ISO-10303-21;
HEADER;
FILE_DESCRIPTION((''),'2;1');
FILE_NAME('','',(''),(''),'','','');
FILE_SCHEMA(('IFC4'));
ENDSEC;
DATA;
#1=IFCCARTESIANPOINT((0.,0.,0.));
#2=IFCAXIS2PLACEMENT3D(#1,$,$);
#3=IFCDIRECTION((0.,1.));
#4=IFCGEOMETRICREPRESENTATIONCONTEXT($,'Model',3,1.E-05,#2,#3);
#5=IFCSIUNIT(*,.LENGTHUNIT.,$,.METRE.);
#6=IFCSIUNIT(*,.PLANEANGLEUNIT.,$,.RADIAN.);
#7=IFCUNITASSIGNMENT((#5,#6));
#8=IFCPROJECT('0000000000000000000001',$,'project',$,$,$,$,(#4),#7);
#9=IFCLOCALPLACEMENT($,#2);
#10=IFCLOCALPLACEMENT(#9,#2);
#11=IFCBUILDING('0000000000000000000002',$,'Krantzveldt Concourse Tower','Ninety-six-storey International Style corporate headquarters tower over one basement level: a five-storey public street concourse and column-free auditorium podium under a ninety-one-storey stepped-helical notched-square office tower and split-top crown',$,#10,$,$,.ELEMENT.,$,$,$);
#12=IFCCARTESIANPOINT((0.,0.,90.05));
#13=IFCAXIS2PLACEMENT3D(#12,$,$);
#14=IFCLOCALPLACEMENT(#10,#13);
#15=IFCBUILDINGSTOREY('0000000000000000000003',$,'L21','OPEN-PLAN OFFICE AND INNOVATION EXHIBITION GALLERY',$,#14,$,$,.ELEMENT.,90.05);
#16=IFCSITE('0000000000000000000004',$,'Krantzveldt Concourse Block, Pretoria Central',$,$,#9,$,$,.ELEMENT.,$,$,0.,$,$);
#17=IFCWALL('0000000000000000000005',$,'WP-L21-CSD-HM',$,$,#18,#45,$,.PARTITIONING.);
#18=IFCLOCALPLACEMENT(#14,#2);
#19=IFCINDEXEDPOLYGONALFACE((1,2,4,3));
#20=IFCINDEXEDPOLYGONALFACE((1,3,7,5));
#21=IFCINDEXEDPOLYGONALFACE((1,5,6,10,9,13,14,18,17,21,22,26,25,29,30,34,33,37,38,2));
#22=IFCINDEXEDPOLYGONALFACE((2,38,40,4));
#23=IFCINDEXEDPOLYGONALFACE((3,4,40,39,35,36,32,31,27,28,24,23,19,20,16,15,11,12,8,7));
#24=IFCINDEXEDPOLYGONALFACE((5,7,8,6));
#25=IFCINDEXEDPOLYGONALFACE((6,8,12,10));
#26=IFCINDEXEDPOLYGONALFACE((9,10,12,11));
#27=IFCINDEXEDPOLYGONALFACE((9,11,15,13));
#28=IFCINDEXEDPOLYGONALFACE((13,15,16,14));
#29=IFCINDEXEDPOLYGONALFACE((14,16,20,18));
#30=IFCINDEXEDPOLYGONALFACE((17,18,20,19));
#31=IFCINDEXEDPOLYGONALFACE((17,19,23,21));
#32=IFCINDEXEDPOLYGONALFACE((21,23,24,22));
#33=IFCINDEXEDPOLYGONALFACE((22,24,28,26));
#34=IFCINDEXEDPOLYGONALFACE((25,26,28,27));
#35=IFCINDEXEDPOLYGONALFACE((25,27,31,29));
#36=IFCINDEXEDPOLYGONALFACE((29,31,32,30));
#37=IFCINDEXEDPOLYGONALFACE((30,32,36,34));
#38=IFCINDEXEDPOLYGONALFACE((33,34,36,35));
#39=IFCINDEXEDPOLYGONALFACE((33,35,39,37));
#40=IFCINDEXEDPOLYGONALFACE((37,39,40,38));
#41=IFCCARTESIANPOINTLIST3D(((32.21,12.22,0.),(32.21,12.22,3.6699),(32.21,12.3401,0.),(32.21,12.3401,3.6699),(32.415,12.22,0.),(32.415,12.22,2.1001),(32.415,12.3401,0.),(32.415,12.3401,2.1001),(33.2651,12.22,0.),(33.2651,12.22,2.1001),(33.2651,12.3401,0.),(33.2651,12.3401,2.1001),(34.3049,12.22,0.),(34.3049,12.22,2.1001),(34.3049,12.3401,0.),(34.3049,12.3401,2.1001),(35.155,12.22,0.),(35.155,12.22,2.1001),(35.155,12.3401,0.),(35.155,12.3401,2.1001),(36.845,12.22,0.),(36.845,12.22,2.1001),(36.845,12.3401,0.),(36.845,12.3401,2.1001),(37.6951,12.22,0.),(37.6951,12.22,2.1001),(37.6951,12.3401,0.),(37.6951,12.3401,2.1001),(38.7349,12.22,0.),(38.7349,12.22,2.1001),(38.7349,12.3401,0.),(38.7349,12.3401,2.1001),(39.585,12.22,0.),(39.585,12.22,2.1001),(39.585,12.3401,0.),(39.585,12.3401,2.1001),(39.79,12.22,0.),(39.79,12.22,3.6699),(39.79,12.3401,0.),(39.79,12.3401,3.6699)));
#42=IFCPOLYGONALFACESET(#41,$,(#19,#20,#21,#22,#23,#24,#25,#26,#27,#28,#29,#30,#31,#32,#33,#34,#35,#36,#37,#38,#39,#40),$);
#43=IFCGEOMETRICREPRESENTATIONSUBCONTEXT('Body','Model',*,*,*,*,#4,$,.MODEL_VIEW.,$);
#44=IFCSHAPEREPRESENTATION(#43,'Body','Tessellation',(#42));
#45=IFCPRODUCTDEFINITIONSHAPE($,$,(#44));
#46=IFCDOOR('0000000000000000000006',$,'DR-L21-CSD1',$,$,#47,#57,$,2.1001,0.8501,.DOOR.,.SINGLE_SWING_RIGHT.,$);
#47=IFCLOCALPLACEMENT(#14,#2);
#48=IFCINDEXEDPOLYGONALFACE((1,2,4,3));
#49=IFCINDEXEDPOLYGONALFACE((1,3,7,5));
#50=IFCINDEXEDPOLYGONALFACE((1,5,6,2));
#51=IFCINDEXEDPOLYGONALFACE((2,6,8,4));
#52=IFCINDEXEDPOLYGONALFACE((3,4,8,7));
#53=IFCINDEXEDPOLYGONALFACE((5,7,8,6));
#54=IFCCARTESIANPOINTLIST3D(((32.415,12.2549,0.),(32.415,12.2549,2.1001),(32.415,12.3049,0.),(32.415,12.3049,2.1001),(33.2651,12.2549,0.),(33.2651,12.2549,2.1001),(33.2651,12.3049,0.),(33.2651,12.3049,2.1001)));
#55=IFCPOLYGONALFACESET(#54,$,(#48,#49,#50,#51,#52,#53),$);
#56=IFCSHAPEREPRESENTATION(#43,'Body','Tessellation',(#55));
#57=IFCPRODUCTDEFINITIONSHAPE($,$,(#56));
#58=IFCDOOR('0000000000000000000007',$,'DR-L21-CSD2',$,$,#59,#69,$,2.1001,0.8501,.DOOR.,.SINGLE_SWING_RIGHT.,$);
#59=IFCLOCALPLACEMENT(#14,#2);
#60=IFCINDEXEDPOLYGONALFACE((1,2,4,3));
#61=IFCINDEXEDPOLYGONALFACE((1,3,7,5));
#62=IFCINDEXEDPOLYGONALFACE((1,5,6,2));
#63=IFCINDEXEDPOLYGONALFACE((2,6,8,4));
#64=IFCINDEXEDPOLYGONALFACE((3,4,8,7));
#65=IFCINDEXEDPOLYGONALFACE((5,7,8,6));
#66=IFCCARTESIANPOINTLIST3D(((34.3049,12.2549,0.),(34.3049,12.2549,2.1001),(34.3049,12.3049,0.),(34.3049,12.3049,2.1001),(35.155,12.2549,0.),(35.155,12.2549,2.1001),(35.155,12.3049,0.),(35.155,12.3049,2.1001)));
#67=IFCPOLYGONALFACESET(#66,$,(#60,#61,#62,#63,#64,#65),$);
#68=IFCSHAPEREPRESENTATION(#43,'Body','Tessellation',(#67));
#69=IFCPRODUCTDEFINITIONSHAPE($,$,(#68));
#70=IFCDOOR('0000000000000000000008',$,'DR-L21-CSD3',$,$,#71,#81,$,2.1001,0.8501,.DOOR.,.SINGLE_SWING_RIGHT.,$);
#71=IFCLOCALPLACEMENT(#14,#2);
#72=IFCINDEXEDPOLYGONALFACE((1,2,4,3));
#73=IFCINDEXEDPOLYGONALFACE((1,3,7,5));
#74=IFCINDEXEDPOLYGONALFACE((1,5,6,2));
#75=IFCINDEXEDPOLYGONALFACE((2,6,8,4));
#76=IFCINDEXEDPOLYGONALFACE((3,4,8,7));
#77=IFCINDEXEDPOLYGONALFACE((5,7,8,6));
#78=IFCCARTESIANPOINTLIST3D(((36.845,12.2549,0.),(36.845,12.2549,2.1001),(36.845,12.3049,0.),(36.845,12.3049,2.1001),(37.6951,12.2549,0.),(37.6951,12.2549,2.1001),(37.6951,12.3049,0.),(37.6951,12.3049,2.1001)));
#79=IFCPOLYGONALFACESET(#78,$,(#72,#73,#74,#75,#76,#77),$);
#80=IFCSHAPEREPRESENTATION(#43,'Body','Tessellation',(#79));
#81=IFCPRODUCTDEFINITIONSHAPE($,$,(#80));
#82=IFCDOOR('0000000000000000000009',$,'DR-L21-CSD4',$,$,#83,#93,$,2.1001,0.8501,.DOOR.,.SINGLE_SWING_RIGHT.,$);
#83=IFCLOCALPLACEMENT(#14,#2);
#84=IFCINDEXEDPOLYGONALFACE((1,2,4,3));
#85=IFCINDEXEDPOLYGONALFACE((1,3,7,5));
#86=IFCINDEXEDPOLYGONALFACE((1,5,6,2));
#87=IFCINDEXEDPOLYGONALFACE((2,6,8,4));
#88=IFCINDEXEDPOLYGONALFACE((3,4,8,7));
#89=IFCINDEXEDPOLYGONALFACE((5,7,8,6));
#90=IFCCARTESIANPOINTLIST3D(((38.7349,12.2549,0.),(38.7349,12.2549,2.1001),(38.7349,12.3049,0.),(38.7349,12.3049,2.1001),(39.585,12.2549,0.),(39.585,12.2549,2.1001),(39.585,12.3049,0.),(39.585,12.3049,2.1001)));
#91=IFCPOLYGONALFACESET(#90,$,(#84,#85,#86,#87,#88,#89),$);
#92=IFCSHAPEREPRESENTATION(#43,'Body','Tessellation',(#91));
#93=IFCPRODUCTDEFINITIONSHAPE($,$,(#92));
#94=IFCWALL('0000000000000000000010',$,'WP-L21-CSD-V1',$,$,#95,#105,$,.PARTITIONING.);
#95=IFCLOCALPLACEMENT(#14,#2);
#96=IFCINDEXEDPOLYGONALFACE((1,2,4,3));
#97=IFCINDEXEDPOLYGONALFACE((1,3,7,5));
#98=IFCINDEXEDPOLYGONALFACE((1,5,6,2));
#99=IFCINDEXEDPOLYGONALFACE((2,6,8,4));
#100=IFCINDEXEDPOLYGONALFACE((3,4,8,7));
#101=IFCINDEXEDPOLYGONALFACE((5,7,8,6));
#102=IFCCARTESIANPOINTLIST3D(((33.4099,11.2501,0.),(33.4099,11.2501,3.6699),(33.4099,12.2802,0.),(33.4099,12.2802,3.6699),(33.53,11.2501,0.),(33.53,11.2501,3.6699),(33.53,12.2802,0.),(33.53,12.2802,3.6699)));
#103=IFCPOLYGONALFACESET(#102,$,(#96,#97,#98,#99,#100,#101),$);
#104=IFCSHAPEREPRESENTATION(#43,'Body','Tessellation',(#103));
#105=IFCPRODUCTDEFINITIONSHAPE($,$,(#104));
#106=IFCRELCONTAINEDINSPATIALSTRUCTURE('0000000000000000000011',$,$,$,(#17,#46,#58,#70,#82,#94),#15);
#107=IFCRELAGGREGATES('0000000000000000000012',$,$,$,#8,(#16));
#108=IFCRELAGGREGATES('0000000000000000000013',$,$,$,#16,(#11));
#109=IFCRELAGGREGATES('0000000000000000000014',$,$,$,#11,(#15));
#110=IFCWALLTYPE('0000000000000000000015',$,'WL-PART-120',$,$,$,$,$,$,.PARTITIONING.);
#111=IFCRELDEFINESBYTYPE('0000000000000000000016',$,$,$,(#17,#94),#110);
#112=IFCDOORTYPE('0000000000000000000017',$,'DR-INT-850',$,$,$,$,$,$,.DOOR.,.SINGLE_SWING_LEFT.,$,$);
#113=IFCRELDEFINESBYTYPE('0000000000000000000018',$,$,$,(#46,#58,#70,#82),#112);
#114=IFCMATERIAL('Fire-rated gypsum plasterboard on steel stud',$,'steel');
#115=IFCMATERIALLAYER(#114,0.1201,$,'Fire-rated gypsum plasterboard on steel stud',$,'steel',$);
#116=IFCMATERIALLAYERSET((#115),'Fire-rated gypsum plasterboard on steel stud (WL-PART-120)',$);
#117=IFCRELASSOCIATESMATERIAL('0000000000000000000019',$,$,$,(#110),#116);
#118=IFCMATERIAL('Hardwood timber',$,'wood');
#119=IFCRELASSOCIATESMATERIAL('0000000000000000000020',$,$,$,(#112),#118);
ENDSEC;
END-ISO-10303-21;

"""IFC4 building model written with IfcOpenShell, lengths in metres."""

from ifc_helpers import new_model, si_unit, direction, frame, frame_2d, origin, place, context, subcontext, project, spatial, rectangle, extrude, material, layer, layer_set, type_object, element, fill, save


model = new_model("IFC4")

# Units and contexts
model_context = context("Model", 3, precision=1e-05, world=origin(), true_north=direction((0.0, 1.0)))
body_context = subcontext(model_context, "Body", "Model", "MODEL_VIEW")
ifc_project = project(units=[si_unit("LENGTHUNIT", "METRE"), si_unit("PLANEANGLEUNIT", "RADIAN")], contexts=[model_context])

# Site, building, storey
site_placement = place(None, origin())
site = spatial("IfcSite", under=ifc_project, at=site_placement, Name="Krantzveldt Concourse Block, Pretoria Central", CompositionType="ELEMENT", RefElevation=0.0)
building_placement = place(site_placement, origin())
building = spatial("IfcBuilding", under=site, at=building_placement, Name="Krantzveldt Concourse Tower", Description="Ninety-six-storey International Style corporate headquarters tower over one basement level: a five-storey public street concourse and column-free auditorium podium under a ninety-one-storey stepped-helical notched-square office tower and split-top crown", CompositionType="ELEMENT")
storey_placement = place(building_placement, frame((0.0, 0.0, 90.05)))
storey = spatial("IfcBuildingStorey", under=building, at=storey_placement, Name="L21", Description="OPEN-PLAN OFFICE AND INNOVATION EXHIBITION GALLERY", CompositionType="ELEMENT", Elevation=90.05)

# Shared definitions
ifc_material_1 = material(Name="Fire-rated gypsum plasterboard on steel stud", Category="steel")
ifc_layer_1 = layer(ifc_material_1, 0.1201, Name="Fire-rated gypsum plasterboard on steel stud", Category="steel")
ifc_layer_set_1 = layer_set([ifc_layer_1], Name="Fire-rated gypsum plasterboard on steel stud (WL-PART-120)")
wall_type_1 = type_object("IfcWallType", Name="WL-PART-120", PredefinedType="PARTITIONING", material=ifc_layer_set_1)
ifc_material_2 = material(Name="Hardwood timber", Category="wood")
door_type_1 = type_object("IfcDoorType", Name="DR-INT-850", OperationType="SINGLE_SWING_LEFT", PredefinedType="DOOR", material=ifc_material_2)

# Wall, openings, doors
wall_1_placement = place(storey_placement, frame((32.21, 12.28, 0.0), z_axis=(0.0, 0.0, 1.0), x_axis=(1.0, 0.0, 0.0)))
wall_1 = element("IfcWall", 1, at=wall_1_placement, inside=storey, type_object=wall_type_1, Name="WP-L21-CSD-HM", PredefinedType="PARTITIONING", context=body_context, shape_type="SweptSolid", body=[
    extrude(rectangle(XDim=7.5801, YDim=0.1201, at=frame_2d((3.79, 0.0))), origin(), (0.0, 0.0, 1.0), 3.6699),
])
opening_1_placement = place(wall_1_placement, frame((0.2051, 0.0, 0.0)))
opening_1 = element("IfcOpeningElement", 2, at=opening_1_placement, cuts=wall_1, PredefinedType="OPENING", context=body_context, shape_type="SweptSolid", body=[
    extrude(rectangle(XDim=0.8501, YDim=2.1001, at=frame_2d((0.425, 1.05))), frame((0.0, 0.0701, 0.0), z_axis=(0.0, -1.0, 0.0), x_axis=(1.0, 0.0, 0.0)), (0.0, 0.0, 1.0), 0.1401),
])
opening_2_placement = place(wall_1_placement, frame((2.095, 0.0, 0.0)))
opening_2 = element("IfcOpeningElement", 3, at=opening_2_placement, cuts=wall_1, PredefinedType="OPENING", context=body_context, shape_type="SweptSolid", body=[
    extrude(rectangle(XDim=0.8501, YDim=2.1001, at=frame_2d((0.425, 1.05))), frame((0.0, 0.0701, 0.0), z_axis=(0.0, -1.0, 0.0), x_axis=(1.0, 0.0, 0.0)), (0.0, 0.0, 1.0), 0.1401),
])
opening_3_placement = place(wall_1_placement, frame((4.635, 0.0, 0.0)))
opening_3 = element("IfcOpeningElement", 4, at=opening_3_placement, cuts=wall_1, PredefinedType="OPENING", context=body_context, shape_type="SweptSolid", body=[
    extrude(rectangle(XDim=0.8501, YDim=2.1001, at=frame_2d((0.425, 1.05))), frame((0.0, 0.0701, 0.0), z_axis=(0.0, -1.0, 0.0), x_axis=(1.0, 0.0, 0.0)), (0.0, 0.0, 1.0), 0.1401),
])
opening_4_placement = place(wall_1_placement, frame((6.5249, 0.0, 0.0)))
opening_4 = element("IfcOpeningElement", 5, at=opening_4_placement, cuts=wall_1, PredefinedType="OPENING", context=body_context, shape_type="SweptSolid", body=[
    extrude(rectangle(XDim=0.8501, YDim=2.1001, at=frame_2d((0.425, 1.05))), frame((0.0, 0.0701, 0.0), z_axis=(0.0, -1.0, 0.0), x_axis=(1.0, 0.0, 0.0)), (0.0, 0.0, 1.0), 0.1401),
])
door_1_placement = place(opening_1_placement, origin())
door_1 = element("IfcDoor", 6, at=door_1_placement, inside=storey, type_object=door_type_1, Name="DR-L21-CSD1", OperationType="SINGLE_SWING_RIGHT", OverallHeight=2.1001, OverallWidth=0.8501, PredefinedType="DOOR", context=body_context, shape_type="SweptSolid", body=[
    extrude(rectangle(XDim=0.8501, YDim=2.1001, at=frame_2d((0.425, 1.05))), frame((0.0, 0.0249, 0.0), z_axis=(0.0, -1.0, 0.0), x_axis=(1.0, 0.0, 0.0)), (0.0, 0.0, 1.0), 0.05),
])
fill(opening_1, door_1)
door_2_placement = place(opening_2_placement, origin())
door_2 = element("IfcDoor", 7, at=door_2_placement, inside=storey, type_object=door_type_1, Name="DR-L21-CSD2", OperationType="SINGLE_SWING_RIGHT", OverallHeight=2.1001, OverallWidth=0.8501, PredefinedType="DOOR", context=body_context, shape_type="SweptSolid", body=[
    extrude(rectangle(XDim=0.8501, YDim=2.1001, at=frame_2d((0.425, 1.05))), frame((0.0, 0.0249, 0.0), z_axis=(0.0, -1.0, 0.0), x_axis=(1.0, 0.0, 0.0)), (0.0, 0.0, 1.0), 0.05),
])
fill(opening_2, door_2)
door_3_placement = place(opening_3_placement, origin())
door_3 = element("IfcDoor", 8, at=door_3_placement, inside=storey, type_object=door_type_1, Name="DR-L21-CSD3", OperationType="SINGLE_SWING_RIGHT", OverallHeight=2.1001, OverallWidth=0.8501, PredefinedType="DOOR", context=body_context, shape_type="SweptSolid", body=[
    extrude(rectangle(XDim=0.8501, YDim=2.1001, at=frame_2d((0.425, 1.05))), frame((0.0, 0.0249, 0.0), z_axis=(0.0, -1.0, 0.0), x_axis=(1.0, 0.0, 0.0)), (0.0, 0.0, 1.0), 0.05),
])
fill(opening_3, door_3)
door_4_placement = place(opening_4_placement, origin())
door_4 = element("IfcDoor", 9, at=door_4_placement, inside=storey, type_object=door_type_1, Name="DR-L21-CSD4", OperationType="SINGLE_SWING_RIGHT", OverallHeight=2.1001, OverallWidth=0.8501, PredefinedType="DOOR", context=body_context, shape_type="SweptSolid", body=[
    extrude(rectangle(XDim=0.8501, YDim=2.1001, at=frame_2d((0.425, 1.05))), frame((0.0, 0.0249, 0.0), z_axis=(0.0, -1.0, 0.0), x_axis=(1.0, 0.0, 0.0)), (0.0, 0.0, 1.0), 0.05),
])
fill(opening_4, door_4)

# Wall
wall_2_placement = place(storey_placement, frame((33.47, 11.25, 0.0), z_axis=(0.0, 0.0, 1.0), x_axis=(0.0, 1.0, 0.0)))
element("IfcWall", 10, at=wall_2_placement, inside=storey, type_object=wall_type_1, Name="WP-L21-CSD-V1", PredefinedType="PARTITIONING", context=body_context, shape_type="SweptSolid", body=[
    extrude(rectangle(XDim=1.03, YDim=0.1201, at=frame_2d((0.5151, 0.0))), origin(), (0.0, 0.0, 1.0), 3.6699),
])

save(model, "model.ifc")
